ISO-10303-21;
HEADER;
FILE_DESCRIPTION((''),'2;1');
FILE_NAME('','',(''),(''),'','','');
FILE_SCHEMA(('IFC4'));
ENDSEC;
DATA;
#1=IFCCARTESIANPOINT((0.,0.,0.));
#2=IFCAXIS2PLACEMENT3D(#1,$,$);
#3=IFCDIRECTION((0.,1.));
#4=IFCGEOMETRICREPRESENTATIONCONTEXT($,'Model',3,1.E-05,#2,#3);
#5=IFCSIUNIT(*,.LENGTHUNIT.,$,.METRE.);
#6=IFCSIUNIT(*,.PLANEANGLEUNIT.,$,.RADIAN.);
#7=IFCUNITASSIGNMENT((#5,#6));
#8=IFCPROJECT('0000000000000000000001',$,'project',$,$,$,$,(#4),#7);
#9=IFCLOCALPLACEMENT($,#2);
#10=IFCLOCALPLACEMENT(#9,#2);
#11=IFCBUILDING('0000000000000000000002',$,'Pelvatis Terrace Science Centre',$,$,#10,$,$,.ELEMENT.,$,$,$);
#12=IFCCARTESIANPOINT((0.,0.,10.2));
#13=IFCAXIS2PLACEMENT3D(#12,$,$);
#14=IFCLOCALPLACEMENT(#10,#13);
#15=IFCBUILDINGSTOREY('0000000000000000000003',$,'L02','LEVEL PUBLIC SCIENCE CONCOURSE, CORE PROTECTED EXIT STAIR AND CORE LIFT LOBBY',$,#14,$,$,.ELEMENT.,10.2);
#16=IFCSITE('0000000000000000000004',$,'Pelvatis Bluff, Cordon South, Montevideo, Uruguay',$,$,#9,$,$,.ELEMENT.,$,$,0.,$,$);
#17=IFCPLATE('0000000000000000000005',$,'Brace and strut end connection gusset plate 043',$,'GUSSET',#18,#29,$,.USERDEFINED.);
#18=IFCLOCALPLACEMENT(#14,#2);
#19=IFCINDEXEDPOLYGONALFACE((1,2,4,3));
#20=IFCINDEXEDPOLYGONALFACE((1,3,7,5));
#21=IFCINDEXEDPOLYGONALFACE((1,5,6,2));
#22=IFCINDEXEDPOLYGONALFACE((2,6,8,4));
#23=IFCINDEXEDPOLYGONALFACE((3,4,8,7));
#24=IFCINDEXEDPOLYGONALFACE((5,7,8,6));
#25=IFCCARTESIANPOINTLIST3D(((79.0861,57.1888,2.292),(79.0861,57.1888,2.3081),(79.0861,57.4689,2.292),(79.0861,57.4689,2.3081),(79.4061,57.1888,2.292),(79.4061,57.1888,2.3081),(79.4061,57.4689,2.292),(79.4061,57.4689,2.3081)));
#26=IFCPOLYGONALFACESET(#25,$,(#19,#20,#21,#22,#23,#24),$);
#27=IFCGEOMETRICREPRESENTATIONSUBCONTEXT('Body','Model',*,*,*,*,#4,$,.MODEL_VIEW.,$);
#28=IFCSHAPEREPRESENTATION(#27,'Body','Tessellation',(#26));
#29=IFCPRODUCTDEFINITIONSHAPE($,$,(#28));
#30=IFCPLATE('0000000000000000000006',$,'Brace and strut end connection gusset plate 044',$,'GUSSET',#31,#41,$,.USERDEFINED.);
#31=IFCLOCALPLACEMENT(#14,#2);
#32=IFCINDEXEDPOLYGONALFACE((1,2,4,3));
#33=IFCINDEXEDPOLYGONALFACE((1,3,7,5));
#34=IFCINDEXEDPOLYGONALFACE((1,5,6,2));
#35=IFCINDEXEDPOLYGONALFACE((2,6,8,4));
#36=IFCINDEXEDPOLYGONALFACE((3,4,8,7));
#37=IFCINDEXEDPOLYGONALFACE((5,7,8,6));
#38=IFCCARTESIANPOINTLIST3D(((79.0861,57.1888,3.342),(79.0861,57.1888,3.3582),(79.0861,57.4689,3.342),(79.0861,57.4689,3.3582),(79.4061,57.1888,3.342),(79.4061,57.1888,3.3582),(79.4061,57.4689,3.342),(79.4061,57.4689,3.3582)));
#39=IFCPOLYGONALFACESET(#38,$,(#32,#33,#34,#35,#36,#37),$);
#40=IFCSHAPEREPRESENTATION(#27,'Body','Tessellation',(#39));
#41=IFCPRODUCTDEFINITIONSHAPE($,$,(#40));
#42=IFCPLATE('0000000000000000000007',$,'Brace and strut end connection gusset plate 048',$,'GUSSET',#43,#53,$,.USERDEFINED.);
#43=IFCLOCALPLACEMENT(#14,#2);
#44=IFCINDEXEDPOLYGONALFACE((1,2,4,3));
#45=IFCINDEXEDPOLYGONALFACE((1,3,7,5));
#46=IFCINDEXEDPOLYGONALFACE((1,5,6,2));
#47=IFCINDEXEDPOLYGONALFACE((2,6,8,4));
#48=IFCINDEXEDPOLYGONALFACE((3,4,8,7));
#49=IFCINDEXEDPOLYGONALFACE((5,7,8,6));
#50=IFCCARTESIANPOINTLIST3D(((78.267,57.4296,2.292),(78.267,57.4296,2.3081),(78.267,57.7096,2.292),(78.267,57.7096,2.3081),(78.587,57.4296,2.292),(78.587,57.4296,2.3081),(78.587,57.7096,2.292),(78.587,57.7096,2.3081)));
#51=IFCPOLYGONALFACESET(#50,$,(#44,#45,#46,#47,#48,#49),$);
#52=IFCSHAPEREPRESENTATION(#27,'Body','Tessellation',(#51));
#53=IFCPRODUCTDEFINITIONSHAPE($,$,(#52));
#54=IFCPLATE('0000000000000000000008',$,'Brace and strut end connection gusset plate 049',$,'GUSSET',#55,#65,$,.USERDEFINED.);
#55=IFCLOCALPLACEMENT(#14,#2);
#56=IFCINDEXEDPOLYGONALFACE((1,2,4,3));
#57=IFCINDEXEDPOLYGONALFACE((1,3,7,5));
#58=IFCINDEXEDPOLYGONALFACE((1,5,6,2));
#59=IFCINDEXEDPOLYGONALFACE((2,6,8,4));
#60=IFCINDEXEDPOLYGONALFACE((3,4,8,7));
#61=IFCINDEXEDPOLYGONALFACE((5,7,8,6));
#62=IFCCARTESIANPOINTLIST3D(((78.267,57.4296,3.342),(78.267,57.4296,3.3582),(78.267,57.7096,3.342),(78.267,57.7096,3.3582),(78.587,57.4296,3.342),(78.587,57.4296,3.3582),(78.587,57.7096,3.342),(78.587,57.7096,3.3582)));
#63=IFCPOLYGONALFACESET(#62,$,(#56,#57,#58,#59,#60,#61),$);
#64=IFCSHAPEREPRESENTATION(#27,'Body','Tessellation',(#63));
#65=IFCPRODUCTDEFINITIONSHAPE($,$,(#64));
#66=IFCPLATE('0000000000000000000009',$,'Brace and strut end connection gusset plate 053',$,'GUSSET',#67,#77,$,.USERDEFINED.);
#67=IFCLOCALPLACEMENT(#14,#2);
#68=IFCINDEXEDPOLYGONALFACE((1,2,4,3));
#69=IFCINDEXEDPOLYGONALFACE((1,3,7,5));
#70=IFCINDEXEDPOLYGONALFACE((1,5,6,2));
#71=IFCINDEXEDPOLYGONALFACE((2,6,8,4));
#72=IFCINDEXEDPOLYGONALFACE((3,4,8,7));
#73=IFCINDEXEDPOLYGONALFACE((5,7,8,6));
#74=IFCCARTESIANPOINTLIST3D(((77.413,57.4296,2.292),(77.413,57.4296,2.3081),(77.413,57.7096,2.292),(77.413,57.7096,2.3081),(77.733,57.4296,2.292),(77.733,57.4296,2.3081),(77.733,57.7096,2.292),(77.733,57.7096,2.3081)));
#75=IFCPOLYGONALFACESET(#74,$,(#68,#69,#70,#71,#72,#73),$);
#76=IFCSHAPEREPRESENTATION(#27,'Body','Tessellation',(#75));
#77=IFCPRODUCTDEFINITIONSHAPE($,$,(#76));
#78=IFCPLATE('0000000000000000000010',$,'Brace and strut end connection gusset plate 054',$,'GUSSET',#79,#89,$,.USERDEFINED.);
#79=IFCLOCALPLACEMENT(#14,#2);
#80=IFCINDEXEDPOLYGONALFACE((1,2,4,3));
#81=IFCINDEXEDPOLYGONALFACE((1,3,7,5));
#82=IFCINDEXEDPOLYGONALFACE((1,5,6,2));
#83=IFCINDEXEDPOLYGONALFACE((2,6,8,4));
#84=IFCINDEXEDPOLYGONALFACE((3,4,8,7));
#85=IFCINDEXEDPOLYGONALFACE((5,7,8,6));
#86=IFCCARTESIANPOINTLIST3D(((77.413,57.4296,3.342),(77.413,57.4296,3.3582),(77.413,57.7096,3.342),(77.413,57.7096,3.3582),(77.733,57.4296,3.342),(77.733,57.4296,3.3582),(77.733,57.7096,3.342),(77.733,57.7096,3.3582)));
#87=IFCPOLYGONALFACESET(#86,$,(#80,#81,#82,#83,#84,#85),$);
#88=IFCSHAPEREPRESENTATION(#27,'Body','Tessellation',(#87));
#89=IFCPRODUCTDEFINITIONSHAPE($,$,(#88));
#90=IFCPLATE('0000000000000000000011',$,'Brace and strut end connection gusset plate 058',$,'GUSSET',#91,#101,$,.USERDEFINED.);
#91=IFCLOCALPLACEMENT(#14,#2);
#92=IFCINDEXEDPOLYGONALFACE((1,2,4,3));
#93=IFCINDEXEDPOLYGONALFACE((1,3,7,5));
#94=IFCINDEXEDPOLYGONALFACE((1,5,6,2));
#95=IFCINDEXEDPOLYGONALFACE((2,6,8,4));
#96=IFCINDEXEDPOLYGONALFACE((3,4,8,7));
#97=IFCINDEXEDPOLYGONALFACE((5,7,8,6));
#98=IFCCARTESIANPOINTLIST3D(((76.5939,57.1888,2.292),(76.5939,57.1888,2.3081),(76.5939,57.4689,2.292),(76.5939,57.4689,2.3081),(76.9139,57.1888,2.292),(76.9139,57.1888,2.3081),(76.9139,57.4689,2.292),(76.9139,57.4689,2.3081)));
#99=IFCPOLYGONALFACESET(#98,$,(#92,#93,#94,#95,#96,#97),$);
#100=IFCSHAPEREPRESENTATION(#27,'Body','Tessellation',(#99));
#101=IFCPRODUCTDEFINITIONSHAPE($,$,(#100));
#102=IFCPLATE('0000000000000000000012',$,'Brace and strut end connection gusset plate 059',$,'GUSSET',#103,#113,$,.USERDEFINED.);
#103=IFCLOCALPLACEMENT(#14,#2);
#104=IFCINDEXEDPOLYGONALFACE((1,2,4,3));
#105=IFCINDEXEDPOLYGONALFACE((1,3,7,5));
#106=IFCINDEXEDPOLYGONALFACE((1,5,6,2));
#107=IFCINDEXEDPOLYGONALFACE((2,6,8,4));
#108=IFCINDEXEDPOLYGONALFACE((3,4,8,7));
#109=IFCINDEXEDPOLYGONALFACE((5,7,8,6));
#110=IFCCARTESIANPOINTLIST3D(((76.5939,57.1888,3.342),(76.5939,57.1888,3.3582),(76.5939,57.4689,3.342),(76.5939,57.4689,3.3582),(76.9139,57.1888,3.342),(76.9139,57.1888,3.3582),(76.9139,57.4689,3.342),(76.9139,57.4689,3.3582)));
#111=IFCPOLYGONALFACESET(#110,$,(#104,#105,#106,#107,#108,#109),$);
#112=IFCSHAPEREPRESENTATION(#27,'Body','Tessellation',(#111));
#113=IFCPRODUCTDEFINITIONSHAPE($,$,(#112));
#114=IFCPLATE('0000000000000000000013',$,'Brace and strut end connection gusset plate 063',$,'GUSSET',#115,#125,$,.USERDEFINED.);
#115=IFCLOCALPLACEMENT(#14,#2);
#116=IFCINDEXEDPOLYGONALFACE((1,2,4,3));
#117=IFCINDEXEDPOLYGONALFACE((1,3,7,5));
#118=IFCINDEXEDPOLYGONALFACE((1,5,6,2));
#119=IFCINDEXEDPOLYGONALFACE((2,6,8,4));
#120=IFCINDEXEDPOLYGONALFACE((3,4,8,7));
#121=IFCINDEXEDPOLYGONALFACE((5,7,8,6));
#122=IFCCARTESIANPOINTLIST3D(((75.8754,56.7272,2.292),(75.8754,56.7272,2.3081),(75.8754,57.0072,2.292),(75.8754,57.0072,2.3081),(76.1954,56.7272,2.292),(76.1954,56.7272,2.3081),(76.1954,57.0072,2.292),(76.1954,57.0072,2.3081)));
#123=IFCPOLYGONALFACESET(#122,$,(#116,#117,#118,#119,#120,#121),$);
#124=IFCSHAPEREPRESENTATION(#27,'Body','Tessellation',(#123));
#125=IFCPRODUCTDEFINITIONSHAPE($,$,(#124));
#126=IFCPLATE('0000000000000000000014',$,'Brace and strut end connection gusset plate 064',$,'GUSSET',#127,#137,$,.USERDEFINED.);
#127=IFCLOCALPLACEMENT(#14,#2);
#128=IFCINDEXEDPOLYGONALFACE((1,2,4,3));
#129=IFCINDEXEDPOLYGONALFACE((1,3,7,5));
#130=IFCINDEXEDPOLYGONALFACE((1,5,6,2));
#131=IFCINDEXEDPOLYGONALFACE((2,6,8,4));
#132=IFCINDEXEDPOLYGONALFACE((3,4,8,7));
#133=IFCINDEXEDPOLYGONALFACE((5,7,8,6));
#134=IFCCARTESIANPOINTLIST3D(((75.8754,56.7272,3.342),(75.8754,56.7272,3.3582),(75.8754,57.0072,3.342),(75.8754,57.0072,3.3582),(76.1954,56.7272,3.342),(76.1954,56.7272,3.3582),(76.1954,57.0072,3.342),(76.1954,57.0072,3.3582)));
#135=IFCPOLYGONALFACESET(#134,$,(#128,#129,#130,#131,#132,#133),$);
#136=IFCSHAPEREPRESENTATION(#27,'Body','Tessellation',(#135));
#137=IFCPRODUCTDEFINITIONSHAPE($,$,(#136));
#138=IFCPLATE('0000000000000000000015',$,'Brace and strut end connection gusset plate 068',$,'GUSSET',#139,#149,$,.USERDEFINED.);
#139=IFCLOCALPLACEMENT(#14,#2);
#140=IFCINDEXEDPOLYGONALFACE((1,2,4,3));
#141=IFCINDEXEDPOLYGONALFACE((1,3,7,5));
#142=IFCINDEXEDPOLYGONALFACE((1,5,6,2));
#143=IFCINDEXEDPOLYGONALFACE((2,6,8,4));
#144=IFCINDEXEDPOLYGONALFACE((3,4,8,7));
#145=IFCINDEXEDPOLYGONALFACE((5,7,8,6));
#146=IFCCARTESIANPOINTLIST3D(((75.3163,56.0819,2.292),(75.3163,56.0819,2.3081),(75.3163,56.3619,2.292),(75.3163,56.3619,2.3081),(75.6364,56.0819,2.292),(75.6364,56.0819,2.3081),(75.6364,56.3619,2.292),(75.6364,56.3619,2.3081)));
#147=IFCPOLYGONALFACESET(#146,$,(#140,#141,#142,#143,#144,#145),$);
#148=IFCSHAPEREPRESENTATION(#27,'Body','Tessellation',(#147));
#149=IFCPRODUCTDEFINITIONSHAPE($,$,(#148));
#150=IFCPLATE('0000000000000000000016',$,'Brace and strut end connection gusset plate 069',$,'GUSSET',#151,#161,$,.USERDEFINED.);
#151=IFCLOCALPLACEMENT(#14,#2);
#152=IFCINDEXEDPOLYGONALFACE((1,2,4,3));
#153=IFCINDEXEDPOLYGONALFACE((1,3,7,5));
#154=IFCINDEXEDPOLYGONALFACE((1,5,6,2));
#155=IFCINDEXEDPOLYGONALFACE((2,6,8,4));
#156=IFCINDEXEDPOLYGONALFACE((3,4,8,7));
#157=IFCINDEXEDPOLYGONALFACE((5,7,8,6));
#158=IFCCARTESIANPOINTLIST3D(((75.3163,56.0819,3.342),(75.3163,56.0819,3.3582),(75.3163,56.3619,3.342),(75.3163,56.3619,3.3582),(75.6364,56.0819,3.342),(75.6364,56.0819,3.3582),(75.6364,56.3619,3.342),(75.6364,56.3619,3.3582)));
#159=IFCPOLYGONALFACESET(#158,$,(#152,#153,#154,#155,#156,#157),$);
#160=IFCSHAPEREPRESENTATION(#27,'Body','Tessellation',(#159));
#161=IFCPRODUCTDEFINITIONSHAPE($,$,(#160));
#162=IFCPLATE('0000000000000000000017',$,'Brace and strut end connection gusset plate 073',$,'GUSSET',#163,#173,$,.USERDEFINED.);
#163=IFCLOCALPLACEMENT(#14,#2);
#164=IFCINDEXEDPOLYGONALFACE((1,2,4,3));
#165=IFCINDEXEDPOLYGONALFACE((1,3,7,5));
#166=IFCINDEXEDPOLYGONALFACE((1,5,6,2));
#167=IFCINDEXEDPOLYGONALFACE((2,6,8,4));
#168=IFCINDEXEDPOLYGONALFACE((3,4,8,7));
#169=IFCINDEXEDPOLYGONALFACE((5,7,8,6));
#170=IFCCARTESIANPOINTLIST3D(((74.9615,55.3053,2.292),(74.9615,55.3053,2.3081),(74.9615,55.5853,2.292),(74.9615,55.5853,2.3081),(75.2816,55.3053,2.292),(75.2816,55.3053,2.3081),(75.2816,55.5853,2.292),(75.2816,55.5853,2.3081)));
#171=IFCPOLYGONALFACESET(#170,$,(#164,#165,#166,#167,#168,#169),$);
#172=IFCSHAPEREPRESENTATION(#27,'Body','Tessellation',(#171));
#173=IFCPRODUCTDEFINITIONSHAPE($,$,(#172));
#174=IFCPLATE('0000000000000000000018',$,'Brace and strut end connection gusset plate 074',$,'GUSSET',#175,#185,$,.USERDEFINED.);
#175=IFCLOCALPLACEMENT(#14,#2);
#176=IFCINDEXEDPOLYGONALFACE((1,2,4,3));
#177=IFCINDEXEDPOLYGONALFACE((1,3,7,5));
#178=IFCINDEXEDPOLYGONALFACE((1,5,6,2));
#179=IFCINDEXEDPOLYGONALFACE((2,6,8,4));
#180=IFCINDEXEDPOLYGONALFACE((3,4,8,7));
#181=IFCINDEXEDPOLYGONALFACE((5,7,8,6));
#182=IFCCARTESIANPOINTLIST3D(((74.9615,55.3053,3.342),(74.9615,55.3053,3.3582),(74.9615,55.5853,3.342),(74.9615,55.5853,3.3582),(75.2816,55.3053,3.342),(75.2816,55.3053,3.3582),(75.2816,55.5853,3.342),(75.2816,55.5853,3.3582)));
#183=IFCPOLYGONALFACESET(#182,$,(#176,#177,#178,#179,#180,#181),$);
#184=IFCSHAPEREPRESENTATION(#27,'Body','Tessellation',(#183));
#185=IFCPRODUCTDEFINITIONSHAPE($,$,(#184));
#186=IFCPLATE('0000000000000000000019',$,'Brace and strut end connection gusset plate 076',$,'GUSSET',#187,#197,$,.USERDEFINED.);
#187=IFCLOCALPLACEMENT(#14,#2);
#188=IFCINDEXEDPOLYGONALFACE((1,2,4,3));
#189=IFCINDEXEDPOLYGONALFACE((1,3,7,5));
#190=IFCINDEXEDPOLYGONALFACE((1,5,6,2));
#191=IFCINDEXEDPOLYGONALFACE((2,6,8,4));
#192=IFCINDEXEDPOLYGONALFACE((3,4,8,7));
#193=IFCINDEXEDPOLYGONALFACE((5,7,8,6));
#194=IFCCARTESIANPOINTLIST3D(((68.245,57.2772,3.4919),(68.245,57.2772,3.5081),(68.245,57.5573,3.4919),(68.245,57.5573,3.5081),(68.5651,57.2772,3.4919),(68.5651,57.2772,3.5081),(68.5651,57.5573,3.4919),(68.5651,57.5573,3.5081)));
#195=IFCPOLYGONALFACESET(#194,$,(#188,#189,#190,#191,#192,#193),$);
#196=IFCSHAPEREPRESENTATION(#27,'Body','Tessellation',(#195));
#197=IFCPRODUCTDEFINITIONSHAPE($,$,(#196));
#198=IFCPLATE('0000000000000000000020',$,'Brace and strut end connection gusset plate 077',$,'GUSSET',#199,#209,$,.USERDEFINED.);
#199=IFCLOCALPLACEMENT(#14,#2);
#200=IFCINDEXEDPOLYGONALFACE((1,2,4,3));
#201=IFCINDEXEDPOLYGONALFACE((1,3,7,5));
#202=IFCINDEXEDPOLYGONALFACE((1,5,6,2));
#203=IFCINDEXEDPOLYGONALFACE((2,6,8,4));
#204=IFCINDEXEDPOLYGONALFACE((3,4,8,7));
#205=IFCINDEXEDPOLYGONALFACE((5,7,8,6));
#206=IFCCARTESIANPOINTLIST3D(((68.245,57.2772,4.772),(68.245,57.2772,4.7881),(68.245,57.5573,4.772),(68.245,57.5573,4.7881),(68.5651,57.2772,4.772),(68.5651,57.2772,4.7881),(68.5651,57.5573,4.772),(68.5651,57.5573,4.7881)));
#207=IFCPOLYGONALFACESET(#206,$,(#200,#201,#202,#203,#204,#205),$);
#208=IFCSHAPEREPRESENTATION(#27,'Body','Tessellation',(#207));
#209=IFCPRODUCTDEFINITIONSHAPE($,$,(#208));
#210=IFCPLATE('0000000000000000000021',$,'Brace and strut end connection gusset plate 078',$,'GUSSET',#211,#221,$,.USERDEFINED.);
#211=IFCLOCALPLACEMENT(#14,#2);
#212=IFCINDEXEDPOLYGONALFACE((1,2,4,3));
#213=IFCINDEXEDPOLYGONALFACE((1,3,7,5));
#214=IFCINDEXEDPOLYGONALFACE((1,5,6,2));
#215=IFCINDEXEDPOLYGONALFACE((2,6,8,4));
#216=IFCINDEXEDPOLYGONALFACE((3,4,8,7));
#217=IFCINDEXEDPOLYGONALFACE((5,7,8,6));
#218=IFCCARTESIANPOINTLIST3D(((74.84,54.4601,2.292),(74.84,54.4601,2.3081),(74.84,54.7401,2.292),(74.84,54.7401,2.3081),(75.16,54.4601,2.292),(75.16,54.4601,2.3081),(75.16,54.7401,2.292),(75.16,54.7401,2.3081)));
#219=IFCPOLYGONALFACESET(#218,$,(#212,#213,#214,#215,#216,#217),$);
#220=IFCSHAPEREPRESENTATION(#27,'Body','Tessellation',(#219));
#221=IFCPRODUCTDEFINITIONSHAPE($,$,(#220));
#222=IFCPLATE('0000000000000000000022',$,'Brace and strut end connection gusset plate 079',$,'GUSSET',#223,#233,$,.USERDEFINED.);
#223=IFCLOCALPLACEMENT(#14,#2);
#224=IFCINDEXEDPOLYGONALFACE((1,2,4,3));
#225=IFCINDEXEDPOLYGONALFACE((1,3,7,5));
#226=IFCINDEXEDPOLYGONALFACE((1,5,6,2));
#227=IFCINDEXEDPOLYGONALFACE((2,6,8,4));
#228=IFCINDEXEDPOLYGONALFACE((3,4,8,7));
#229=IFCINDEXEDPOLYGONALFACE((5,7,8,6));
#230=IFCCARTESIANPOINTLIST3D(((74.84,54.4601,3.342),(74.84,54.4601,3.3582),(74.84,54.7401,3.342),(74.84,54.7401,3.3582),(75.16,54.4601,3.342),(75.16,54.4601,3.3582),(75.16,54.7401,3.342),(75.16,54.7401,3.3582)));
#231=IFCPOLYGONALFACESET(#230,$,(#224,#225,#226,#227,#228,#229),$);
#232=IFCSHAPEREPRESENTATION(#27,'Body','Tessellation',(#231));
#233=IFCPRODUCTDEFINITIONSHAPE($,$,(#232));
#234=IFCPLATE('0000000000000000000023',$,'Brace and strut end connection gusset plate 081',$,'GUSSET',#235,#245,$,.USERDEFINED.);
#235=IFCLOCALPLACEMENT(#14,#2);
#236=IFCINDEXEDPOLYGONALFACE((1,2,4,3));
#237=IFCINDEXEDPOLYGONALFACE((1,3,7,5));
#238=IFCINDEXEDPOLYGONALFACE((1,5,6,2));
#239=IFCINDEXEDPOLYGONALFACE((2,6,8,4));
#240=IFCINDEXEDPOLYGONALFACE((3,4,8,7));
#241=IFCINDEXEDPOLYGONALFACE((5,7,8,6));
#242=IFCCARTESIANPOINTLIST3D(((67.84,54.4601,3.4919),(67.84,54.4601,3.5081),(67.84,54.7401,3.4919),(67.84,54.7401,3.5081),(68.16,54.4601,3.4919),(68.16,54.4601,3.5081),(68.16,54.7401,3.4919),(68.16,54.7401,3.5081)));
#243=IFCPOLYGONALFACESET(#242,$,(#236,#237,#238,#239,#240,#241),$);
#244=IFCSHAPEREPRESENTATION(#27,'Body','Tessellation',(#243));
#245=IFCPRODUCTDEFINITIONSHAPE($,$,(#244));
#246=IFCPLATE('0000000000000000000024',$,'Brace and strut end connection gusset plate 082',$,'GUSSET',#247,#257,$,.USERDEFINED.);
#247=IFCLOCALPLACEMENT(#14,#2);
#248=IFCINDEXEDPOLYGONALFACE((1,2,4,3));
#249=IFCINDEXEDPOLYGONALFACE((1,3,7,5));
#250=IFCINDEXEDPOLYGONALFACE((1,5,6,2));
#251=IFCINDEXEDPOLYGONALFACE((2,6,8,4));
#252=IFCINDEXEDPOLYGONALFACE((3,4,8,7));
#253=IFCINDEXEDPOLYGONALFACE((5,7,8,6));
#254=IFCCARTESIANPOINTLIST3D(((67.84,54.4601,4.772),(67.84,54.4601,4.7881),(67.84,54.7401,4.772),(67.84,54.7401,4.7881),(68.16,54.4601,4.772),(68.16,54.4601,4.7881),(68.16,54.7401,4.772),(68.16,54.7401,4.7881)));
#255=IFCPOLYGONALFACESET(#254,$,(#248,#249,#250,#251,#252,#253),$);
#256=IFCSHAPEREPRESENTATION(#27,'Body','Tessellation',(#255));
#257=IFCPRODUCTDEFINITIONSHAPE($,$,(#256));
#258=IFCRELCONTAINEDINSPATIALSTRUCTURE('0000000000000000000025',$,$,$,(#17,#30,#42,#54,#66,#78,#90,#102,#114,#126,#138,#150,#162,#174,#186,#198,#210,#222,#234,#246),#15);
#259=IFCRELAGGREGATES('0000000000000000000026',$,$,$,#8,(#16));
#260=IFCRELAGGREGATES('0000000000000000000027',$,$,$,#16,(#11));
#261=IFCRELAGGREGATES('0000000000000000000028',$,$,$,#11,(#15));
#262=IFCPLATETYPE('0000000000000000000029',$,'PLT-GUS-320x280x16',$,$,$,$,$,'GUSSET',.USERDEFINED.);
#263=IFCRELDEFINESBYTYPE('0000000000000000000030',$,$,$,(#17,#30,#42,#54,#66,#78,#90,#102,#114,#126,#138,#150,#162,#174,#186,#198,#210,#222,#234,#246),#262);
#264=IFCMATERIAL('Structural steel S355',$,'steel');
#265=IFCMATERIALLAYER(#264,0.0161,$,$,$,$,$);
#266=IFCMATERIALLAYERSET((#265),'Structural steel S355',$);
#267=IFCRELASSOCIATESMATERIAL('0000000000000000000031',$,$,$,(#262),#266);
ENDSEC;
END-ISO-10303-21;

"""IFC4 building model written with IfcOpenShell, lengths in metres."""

from ifc_helpers import new_model, si_unit, direction, frame, origin, origin_2d, place, context, subcontext, project, spatial, rectangle, extrude, material, layer, layer_set, type_object, element, save


model = new_model("IFC4")

# Units and contexts
model_context = context("Model", 3, precision=1e-05, world=origin(), true_north=direction((0.0, 1.0)))
body_context = subcontext(model_context, "Body", "Model", "MODEL_VIEW")
ifc_project = project(units=[si_unit("LENGTHUNIT", "METRE"), si_unit("PLANEANGLEUNIT", "RADIAN")], contexts=[model_context])

# Site, building, storey
site_placement = place(None, origin())
site = spatial("IfcSite", under=ifc_project, at=site_placement, Name="Pelvatis Bluff, Cordon South, Montevideo, Uruguay", CompositionType="ELEMENT", RefElevation=0.0)
building_placement = place(site_placement, origin())
building = spatial("IfcBuilding", under=site, at=building_placement, Name="Pelvatis Terrace Science Centre", CompositionType="ELEMENT")
storey_placement = place(building_placement, frame((0.0, 0.0, 10.2)))
storey = spatial("IfcBuildingStorey", under=building, at=storey_placement, Name="L02", Description="LEVEL PUBLIC SCIENCE CONCOURSE, CORE PROTECTED EXIT STAIR AND CORE LIFT LOBBY", CompositionType="ELEMENT", Elevation=10.2)

# Plates
ifc_material_1 = material(Name="Structural steel S355", Category="steel")
ifc_layer = layer(ifc_material_1, 0.0161)
ifc_layer_set = layer_set([ifc_layer], Name="Structural steel S355")
plate_type = type_object("IfcPlateType", Name="PLT-GUS-320x280x16", ElementType="GUSSET", PredefinedType="USERDEFINED", material=ifc_layer_set)
for number, where, z_axis, x_axis, name in (
    (1, (79.2461, 57.3289, 2.292), (0.0, 0.0, 1.0), (1.0, 0.0, 0.0), "Brace and strut end connection gusset plate 043"),
    (2, (79.2461, 57.3289, 3.342), (0.0, 0.0, 1.0), (1.0, 0.0, 0.0), "Brace and strut end connection gusset plate 044"),
    (3, (78.427, 57.5696, 2.292), (0.0, 0.0, 1.0), (1.0, 0.0, 0.0), "Brace and strut end connection gusset plate 048"),
    (4, (78.427, 57.5696, 3.342), (0.0, 0.0, 1.0), (1.0, 0.0, 0.0), "Brace and strut end connection gusset plate 049"),
    (5, (77.573, 57.5696, 2.292), (0.0, 0.0, 1.0), (1.0, 0.0, 0.0), "Brace and strut end connection gusset plate 053"),
    (6, (77.573, 57.5696, 3.342), (0.0, 0.0, 1.0), (1.0, 0.0, 0.0), "Brace and strut end connection gusset plate 054"),
    (7, (76.7539, 57.3289, 2.292), (0.0, 0.0, 1.0), (1.0, 0.0, 0.0), "Brace and strut end connection gusset plate 058"),
    (8, (76.7539, 57.3289, 3.342), (0.0, 0.0, 1.0), (1.0, 0.0, 0.0), "Brace and strut end connection gusset plate 059"),
    (9, (76.0354, 56.8672, 2.292), (0.0, 0.0, 1.0), (1.0, 0.0, 0.0), "Brace and strut end connection gusset plate 063"),
    (10, (76.0354, 56.8672, 3.342), (0.0, 0.0, 1.0), (1.0, 0.0, 0.0), "Brace and strut end connection gusset plate 064"),
    (11, (75.4763, 56.2219, 2.292), (0.0, 0.0, 1.0), (1.0, 0.0, 0.0), "Brace and strut end connection gusset plate 068"),
    (12, (75.4763, 56.2219, 3.342), (0.0, 0.0, 1.0), (1.0, 0.0, 0.0), "Brace and strut end connection gusset plate 069"),
    (13, (75.1216, 55.4453, 2.292), (0.0, 0.0, 1.0), (1.0, 0.0, 0.0), "Brace and strut end connection gusset plate 073"),
    (14, (75.1216, 55.4453, 3.342), (0.0, 0.0, 1.0), (1.0, 0.0, 0.0), "Brace and strut end connection gusset plate 074"),
    (15, (68.405, 57.4172, 3.4919), (0.0, 0.0, 1.0), (1.0, 0.0, 0.0), "Brace and strut end connection gusset plate 076"),
    (16, (68.405, 57.4172, 4.772), (0.0, 0.0, 1.0), (1.0, 0.0, 0.0), "Brace and strut end connection gusset plate 077"),
    (17, (75.0, 54.6001, 2.292), (0.0, 0.0, 1.0), (1.0, 0.0, 0.0), "Brace and strut end connection gusset plate 078"),
    (18, (75.0, 54.6001, 3.342), (0.0, 0.0, 1.0), (1.0, 0.0, 0.0), "Brace and strut end connection gusset plate 079"),
    (19, (68.0, 54.6001, 3.4919), (0.0, 0.0, 1.0), (1.0, 0.0, 0.0), "Brace and strut end connection gusset plate 081"),
    (20, (68.0, 54.6001, 4.772), (0.0, 0.0, 1.0), (1.0, 0.0, 0.0), "Brace and strut end connection gusset plate 082"),
):
    element("IfcPlate", number, at=place(storey_placement, frame(where, z_axis=z_axis, x_axis=x_axis)), inside=storey, type_object=plate_type, Name=name, ObjectType="GUSSET", PredefinedType="USERDEFINED", context=body_context, shape_type="SweptSolid", body=[
        extrude(rectangle(XDim=0.3201, YDim=0.28, at=origin_2d()), origin(), (0.0, 0.0, 1.0), 0.0161),
    ])

save(model, "model.ifc")
